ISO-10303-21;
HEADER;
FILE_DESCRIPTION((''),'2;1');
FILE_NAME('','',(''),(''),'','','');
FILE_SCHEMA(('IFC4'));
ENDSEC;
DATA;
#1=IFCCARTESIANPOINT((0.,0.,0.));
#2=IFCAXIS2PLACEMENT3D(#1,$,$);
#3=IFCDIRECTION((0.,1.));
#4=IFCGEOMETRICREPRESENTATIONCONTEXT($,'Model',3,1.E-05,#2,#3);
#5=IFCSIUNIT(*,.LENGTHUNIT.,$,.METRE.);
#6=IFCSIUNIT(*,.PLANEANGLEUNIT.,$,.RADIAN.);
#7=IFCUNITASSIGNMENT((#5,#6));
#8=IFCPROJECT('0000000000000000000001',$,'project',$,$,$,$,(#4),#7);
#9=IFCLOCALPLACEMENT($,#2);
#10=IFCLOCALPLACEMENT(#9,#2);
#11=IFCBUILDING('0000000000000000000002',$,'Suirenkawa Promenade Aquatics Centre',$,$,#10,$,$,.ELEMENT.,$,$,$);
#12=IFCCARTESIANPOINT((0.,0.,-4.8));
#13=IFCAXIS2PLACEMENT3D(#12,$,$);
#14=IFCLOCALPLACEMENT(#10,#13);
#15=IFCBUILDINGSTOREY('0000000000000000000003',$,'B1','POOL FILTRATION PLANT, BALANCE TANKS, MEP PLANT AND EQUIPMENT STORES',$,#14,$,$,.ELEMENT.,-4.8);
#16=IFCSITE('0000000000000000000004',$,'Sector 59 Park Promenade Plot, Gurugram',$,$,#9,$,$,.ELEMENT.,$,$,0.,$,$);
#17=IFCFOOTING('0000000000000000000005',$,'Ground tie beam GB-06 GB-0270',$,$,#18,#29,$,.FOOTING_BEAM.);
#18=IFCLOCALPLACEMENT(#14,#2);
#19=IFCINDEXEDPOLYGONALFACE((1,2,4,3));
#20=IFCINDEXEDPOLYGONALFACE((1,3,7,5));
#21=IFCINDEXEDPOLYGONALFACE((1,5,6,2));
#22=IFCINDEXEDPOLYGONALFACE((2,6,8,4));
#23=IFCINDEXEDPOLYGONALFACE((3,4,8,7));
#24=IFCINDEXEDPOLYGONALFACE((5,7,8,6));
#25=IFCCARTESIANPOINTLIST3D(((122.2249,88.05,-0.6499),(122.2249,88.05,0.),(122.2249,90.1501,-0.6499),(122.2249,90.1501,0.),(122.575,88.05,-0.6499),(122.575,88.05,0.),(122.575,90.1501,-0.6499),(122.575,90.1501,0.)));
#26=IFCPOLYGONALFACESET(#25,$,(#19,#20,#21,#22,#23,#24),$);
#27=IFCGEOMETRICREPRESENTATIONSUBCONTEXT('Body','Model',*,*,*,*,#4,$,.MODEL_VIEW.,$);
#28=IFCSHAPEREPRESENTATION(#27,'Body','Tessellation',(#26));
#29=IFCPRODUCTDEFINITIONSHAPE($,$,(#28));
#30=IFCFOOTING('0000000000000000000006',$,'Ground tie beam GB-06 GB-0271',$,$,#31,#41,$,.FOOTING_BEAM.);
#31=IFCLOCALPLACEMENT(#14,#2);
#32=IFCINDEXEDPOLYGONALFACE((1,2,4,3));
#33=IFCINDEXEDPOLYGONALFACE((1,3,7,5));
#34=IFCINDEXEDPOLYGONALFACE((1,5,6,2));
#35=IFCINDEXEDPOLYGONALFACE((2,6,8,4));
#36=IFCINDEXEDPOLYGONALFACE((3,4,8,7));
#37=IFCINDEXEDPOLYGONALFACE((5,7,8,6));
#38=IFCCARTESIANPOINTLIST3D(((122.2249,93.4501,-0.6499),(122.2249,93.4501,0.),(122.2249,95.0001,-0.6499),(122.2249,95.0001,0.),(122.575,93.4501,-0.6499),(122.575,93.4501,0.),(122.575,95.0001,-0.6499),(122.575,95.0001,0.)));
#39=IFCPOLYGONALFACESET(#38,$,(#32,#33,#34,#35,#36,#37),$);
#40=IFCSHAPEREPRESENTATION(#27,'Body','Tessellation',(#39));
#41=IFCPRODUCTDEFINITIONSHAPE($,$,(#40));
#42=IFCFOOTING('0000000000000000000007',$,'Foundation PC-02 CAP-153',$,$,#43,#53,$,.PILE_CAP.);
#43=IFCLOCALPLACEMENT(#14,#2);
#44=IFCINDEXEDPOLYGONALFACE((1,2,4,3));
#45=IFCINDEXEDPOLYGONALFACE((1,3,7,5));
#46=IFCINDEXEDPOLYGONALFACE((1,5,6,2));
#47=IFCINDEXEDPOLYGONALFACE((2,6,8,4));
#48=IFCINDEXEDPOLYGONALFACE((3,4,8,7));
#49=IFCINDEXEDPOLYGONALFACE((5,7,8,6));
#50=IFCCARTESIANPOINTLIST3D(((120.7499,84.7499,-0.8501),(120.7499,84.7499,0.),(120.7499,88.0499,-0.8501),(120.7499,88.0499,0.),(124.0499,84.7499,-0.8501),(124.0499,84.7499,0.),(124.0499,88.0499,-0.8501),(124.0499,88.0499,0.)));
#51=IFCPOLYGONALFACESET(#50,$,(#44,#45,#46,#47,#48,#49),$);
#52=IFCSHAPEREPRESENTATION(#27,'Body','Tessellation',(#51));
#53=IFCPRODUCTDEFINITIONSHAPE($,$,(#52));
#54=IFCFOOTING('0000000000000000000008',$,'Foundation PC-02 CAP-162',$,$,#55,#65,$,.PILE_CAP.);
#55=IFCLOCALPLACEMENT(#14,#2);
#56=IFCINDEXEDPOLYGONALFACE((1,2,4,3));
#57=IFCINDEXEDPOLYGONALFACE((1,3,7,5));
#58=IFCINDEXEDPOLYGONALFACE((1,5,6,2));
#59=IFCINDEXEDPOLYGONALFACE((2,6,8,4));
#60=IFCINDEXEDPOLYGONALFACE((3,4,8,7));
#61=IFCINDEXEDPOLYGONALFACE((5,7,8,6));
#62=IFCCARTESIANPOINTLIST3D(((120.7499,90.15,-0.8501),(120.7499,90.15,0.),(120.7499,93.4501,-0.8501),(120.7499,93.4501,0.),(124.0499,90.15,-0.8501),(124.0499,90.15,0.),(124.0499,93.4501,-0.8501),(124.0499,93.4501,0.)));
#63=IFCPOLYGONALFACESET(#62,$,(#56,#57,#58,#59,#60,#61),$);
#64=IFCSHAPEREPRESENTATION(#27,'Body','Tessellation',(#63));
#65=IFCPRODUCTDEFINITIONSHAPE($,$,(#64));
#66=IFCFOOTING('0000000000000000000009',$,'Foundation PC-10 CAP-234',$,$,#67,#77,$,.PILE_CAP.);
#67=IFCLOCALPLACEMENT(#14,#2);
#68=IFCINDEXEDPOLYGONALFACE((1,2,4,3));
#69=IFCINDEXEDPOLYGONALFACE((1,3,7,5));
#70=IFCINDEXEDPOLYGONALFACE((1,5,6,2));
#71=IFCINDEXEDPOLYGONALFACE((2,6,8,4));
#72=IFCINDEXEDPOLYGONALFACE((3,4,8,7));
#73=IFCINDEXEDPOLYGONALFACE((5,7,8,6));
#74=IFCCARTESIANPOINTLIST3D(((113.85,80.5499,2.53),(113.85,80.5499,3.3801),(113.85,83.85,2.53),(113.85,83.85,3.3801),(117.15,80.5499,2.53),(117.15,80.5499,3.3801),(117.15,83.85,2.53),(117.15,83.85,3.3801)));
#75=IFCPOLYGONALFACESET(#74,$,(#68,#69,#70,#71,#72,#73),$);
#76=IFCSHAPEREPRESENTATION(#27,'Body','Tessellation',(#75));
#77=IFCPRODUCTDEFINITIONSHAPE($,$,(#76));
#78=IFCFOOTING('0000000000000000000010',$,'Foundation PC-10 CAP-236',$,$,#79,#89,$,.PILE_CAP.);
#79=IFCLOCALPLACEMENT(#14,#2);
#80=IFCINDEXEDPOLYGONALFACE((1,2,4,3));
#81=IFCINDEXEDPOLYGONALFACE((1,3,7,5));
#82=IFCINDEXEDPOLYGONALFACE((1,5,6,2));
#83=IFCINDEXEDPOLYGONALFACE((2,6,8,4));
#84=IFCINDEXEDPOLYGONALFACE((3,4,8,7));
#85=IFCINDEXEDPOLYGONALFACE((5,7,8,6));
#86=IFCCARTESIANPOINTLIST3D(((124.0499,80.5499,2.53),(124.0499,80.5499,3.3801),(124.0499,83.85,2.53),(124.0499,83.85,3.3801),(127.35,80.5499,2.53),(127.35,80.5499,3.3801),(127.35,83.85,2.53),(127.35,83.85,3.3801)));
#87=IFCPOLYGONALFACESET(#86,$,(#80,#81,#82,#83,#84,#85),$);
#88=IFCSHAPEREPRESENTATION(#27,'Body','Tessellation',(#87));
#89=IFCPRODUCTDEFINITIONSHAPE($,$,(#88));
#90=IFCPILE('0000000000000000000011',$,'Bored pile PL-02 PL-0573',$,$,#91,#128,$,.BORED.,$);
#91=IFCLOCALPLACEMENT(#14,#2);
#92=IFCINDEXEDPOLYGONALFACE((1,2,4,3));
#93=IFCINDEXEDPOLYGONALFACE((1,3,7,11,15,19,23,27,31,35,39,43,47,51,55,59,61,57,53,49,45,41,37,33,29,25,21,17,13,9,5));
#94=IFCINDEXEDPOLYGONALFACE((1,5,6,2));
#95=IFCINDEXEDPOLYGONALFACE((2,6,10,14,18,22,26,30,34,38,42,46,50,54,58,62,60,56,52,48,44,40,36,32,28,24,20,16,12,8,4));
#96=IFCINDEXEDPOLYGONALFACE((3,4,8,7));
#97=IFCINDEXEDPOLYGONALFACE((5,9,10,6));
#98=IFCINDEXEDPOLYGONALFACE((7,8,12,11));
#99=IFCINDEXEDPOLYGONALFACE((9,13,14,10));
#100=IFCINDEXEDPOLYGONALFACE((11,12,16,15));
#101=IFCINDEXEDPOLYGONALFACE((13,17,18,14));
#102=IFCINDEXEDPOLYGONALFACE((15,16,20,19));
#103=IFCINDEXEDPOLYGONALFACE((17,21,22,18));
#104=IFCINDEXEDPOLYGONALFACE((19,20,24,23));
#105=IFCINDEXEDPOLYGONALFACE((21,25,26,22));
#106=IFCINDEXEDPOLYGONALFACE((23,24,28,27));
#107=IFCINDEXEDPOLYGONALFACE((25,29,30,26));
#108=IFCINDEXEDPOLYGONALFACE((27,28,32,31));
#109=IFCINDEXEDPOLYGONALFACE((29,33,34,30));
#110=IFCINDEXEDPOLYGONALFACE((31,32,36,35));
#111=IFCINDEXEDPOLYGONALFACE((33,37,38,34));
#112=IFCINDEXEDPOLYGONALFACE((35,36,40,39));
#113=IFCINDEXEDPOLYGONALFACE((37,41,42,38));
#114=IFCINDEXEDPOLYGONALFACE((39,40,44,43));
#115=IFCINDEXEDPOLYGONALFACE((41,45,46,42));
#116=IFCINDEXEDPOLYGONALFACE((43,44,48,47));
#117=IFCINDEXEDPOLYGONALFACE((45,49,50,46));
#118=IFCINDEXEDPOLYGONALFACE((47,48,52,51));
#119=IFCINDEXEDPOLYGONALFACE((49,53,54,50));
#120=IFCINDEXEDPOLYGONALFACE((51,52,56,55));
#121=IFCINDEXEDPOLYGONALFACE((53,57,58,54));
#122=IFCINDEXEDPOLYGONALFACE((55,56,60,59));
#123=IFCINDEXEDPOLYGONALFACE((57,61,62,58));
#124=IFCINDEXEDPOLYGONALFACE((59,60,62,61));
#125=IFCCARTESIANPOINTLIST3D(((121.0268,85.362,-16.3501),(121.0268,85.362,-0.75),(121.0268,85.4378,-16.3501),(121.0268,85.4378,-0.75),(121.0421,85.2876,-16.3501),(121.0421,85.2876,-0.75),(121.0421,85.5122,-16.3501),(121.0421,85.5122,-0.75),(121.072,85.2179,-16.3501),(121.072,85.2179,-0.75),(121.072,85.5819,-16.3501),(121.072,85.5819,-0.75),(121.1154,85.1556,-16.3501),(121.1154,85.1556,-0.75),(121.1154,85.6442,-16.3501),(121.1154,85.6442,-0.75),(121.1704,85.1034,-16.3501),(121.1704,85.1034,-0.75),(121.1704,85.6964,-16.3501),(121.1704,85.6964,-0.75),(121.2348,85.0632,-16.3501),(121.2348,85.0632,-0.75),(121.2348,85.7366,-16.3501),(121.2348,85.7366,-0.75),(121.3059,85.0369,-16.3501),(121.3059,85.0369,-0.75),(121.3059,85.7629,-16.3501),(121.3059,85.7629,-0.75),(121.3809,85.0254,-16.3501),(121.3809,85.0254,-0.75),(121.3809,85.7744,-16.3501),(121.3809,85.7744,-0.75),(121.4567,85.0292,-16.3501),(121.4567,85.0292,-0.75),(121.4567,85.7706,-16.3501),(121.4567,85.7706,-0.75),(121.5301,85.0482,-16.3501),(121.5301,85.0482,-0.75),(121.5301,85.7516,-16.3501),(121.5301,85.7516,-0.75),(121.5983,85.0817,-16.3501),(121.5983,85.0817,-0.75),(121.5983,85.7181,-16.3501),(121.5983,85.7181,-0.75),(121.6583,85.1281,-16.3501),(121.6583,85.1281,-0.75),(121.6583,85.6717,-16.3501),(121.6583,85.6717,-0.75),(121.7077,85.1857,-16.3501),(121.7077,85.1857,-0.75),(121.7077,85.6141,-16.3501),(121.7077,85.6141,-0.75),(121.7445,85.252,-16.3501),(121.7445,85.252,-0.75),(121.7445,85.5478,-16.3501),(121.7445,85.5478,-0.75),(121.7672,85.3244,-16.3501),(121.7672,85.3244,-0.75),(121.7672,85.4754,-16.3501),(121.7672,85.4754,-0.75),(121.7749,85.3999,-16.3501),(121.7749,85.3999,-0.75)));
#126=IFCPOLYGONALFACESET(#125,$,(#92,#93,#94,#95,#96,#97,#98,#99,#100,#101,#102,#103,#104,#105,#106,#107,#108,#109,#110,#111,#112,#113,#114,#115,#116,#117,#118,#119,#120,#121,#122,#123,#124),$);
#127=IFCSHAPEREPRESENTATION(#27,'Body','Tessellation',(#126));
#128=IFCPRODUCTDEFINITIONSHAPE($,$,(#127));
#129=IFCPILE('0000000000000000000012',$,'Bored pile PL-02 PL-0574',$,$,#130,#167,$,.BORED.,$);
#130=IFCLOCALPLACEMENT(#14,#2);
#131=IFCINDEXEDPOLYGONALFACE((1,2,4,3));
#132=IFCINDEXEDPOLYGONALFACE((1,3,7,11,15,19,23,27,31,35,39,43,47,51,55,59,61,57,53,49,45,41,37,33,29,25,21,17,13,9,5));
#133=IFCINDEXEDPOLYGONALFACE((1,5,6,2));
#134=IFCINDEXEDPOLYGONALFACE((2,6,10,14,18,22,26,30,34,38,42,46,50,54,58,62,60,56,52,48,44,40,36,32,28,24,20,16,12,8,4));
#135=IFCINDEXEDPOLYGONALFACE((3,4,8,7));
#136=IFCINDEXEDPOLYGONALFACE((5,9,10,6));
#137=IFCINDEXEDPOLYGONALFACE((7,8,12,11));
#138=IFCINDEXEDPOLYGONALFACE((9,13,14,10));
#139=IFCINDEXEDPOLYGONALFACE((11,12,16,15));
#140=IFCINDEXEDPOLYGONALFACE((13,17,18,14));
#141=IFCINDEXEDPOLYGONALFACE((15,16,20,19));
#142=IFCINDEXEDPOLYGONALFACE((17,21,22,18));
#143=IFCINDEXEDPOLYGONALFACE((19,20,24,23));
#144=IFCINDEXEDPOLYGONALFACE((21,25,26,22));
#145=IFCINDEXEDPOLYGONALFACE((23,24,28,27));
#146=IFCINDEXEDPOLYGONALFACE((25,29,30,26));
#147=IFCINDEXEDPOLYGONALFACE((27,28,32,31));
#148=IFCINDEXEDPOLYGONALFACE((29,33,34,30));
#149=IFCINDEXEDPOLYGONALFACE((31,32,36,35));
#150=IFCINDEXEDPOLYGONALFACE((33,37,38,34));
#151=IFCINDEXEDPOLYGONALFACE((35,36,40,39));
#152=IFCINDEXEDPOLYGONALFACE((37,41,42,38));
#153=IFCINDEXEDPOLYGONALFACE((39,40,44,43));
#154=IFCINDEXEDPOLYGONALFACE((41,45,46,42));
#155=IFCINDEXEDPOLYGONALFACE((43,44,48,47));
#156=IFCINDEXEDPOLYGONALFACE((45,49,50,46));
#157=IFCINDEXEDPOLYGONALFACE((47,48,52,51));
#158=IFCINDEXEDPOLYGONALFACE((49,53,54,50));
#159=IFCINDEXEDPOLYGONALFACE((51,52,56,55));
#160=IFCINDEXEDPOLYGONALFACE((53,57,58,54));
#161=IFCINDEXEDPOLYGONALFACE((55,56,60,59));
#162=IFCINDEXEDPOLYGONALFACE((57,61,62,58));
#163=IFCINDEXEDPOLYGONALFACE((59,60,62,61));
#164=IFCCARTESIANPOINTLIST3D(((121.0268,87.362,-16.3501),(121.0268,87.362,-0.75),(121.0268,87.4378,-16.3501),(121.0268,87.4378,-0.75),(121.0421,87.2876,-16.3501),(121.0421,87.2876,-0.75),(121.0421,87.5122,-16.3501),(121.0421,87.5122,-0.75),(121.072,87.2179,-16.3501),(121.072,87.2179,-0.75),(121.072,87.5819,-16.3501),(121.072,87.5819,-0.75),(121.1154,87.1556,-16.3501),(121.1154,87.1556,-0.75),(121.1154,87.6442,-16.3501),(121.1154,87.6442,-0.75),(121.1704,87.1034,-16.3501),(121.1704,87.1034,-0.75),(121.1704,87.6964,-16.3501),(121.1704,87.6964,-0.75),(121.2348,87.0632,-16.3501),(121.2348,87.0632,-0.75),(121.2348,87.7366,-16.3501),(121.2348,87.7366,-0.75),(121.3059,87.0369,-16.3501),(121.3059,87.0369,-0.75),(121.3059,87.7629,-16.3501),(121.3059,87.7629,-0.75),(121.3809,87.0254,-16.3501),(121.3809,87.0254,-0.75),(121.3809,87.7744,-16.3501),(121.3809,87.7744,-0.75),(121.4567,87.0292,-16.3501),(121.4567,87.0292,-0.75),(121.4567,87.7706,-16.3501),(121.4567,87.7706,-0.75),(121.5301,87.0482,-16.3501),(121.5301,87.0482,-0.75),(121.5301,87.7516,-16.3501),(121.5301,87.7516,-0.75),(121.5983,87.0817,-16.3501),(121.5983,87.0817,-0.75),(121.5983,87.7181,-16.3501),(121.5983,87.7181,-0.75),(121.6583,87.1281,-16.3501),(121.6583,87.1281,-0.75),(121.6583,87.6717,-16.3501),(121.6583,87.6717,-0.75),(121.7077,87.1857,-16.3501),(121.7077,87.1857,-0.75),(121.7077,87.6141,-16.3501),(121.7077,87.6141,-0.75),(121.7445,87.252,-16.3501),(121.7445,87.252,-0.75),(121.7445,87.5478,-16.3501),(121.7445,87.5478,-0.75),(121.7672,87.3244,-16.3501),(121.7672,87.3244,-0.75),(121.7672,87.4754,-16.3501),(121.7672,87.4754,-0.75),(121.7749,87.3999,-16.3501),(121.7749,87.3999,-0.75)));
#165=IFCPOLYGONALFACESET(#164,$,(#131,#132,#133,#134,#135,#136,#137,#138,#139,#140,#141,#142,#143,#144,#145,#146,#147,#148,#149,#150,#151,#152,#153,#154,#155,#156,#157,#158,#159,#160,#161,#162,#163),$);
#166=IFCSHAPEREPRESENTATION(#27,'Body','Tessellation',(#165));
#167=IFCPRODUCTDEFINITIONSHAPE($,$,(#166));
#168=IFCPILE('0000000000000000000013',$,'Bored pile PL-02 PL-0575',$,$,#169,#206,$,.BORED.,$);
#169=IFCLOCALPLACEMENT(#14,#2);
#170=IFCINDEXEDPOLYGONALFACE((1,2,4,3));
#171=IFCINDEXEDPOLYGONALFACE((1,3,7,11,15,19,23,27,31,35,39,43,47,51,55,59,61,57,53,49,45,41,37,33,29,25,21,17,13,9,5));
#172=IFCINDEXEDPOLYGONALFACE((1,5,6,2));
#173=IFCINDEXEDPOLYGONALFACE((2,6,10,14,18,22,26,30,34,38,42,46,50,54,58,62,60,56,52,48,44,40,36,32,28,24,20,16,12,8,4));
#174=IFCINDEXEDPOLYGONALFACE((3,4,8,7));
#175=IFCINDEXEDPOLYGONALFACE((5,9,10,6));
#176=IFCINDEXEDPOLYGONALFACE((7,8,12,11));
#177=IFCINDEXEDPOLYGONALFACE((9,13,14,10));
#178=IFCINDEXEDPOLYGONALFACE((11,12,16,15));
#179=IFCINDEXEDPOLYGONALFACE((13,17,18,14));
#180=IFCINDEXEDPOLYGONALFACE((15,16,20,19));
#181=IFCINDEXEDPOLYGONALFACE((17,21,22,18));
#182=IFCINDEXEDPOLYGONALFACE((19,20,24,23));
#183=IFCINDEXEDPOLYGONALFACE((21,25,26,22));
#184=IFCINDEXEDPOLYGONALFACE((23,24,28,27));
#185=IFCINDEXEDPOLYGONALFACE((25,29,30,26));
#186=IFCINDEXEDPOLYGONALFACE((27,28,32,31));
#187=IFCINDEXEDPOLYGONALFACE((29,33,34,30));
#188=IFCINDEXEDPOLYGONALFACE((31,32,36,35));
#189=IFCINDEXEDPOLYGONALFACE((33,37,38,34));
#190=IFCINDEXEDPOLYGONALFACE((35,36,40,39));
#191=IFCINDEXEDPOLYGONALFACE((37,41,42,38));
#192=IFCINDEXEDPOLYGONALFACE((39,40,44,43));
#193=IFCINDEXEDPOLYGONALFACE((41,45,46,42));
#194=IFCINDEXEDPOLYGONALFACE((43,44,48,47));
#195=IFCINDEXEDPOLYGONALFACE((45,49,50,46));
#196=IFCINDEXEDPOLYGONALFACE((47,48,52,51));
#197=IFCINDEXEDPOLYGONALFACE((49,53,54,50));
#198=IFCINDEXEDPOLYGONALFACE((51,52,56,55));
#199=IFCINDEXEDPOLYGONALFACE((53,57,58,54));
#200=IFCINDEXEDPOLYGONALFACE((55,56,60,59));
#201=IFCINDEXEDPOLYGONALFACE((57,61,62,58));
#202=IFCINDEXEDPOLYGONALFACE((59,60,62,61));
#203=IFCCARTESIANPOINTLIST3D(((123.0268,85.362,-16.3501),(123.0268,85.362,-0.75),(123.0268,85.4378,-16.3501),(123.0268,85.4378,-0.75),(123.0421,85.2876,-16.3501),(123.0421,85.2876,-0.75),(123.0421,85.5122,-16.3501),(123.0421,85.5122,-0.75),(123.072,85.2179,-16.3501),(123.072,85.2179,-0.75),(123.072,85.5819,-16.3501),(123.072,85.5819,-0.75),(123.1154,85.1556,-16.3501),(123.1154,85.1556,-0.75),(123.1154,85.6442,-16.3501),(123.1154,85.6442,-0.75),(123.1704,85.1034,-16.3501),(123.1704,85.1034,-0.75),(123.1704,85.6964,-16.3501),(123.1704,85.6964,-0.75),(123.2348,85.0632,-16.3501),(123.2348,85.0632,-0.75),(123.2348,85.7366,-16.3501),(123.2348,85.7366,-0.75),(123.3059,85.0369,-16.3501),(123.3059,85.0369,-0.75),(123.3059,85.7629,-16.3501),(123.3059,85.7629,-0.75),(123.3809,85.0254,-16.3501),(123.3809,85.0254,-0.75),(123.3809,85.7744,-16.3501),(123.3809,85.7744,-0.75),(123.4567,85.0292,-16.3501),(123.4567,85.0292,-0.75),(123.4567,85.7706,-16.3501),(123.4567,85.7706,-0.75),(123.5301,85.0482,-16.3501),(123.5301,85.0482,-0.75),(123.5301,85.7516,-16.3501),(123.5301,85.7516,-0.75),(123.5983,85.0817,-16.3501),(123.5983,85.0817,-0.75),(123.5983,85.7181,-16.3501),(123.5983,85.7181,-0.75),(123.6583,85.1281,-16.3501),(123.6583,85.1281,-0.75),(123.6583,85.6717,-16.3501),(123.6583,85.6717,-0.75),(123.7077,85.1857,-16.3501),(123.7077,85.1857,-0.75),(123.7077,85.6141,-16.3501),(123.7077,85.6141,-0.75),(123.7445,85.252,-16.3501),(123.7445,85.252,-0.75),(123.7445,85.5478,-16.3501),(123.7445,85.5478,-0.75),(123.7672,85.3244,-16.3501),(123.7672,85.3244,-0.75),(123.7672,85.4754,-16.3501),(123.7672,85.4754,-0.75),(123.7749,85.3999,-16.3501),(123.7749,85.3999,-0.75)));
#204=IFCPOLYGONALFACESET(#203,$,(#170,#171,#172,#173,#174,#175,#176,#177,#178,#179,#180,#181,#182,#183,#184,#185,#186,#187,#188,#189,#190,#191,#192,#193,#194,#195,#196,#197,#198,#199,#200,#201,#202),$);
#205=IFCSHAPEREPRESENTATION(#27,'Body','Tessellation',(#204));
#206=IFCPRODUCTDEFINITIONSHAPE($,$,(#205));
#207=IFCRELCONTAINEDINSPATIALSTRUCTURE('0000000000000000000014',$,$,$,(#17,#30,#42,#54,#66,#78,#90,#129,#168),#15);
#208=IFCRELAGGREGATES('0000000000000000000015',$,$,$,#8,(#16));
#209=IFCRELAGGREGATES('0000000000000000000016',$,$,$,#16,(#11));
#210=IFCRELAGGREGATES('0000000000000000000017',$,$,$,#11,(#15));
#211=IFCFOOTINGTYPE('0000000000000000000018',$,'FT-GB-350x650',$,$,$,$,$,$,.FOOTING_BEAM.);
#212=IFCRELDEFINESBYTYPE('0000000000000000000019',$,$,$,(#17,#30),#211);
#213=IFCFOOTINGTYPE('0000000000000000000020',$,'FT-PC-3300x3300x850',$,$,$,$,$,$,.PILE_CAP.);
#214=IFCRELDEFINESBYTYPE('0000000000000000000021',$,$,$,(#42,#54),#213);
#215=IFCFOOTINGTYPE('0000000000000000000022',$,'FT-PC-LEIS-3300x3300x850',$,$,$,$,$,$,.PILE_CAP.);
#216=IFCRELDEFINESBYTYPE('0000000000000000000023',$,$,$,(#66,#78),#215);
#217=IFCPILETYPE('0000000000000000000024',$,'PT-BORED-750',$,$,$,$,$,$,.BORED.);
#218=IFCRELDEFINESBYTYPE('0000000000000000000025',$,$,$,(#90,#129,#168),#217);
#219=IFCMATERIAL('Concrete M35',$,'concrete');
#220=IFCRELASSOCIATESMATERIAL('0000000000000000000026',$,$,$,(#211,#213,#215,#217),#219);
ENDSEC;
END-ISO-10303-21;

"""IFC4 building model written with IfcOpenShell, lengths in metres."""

from ifc_helpers import new_model, si_unit, direction, frame, origin, origin_2d, place, context, subcontext, project, spatial, rectangle, circle, extrude, material, material_profile, profile_set, type_object, element, save


model = new_model("IFC4")

# Units and contexts
model_context = context("Model", 3, precision=1e-05, world=origin(), true_north=direction((0.0, 1.0)))
body_context = subcontext(model_context, "Body", "Model", "MODEL_VIEW")
ifc_project = project(units=[si_unit("LENGTHUNIT", "METRE"), si_unit("PLANEANGLEUNIT", "RADIAN")], contexts=[model_context])

# Site, building, storey
site_placement = place(None, origin())
site = spatial("IfcSite", under=ifc_project, at=site_placement, Name="Sector 59 Park Promenade Plot, Gurugram", CompositionType="ELEMENT", RefElevation=0.0)
building_placement = place(site_placement, origin())
building = spatial("IfcBuilding", under=site, at=building_placement, Name="Suirenkawa Promenade Aquatics Centre", CompositionType="ELEMENT")
storey_placement = place(building_placement, frame((0.0, 0.0, -4.8)))
storey = spatial("IfcBuildingStorey", under=building, at=storey_placement, Name="B1", Description="POOL FILTRATION PLANT, BALANCE TANKS, MEP PLANT AND EQUIPMENT STORES", CompositionType="ELEMENT", Elevation=-4.8)

# Footings
ifc_material_1 = material(Name="Concrete M35", Category="concrete")
footing_type_1 = type_object("IfcFootingType", Name="FT-GB-350x650", PredefinedType="FOOTING_BEAM", material=ifc_material_1)
footing_1_placement = place(storey_placement, frame((122.3999, 89.1001, -0.6499), z_axis=(0.0, 0.0, 1.0), x_axis=(0.0, 1.0, 0.0)))
element("IfcFooting", 1, at=footing_1_placement, inside=storey, type_object=footing_type_1, Name="Ground tie beam GB-06 GB-0270", PredefinedType="FOOTING_BEAM", context=body_context, shape_type="SweptSolid", body=[
    extrude(rectangle(XDim=2.1001, YDim=0.3501, at=origin_2d()), origin(), (0.0, 0.0, 1.0), 0.6499),
])
footing_2_placement = place(storey_placement, frame((122.3999, 94.2251, -0.6499), z_axis=(0.0, 0.0, 1.0), x_axis=(0.0, 1.0, 0.0)))
element("IfcFooting", 2, at=footing_2_placement, inside=storey, type_object=footing_type_1, Name="Ground tie beam GB-06 GB-0271", PredefinedType="FOOTING_BEAM", context=body_context, shape_type="SweptSolid", body=[
    extrude(rectangle(XDim=1.55, YDim=0.3501, at=origin_2d()), origin(), (0.0, 0.0, 1.0), 0.6499),
])
footing_type_2 = type_object("IfcFootingType", Name="FT-PC-3300x3300x850", PredefinedType="PILE_CAP", material=ifc_material_1)
for number, where, z_axis, x_axis, name in (
    (3, (122.3999, 86.3999, -0.8501), (0.0, 0.0, 1.0), (1.0, 0.0, 0.0), "Foundation PC-02 CAP-153"),
    (4, (122.3999, 91.8, -0.8501), (0.0, 0.0, 1.0), (1.0, 0.0, 0.0), "Foundation PC-02 CAP-162"),
):
    element("IfcFooting", number, at=place(storey_placement, frame(where, z_axis=z_axis, x_axis=x_axis)), inside=storey, type_object=footing_type_2, Name=name, PredefinedType="PILE_CAP", context=body_context, shape_type="SweptSolid", body=[
        extrude(rectangle(XDim=3.3, YDim=3.3, at=origin_2d()), origin(), (0.0, 0.0, 1.0), 0.8501),
    ])
footing_type_3 = type_object("IfcFootingType", Name="FT-PC-LEIS-3300x3300x850", PredefinedType="PILE_CAP", material=ifc_material_1)
for number, where, z_axis, x_axis, name in (
    (5, (115.5, 82.2, 2.53), (0.0, 0.0, 1.0), (1.0, 0.0, 0.0), "Foundation PC-10 CAP-234"),
    (6, (125.7, 82.2, 2.53), (0.0, 0.0, 1.0), (1.0, 0.0, 0.0), "Foundation PC-10 CAP-236"),
):
    element("IfcFooting", number, at=place(storey_placement, frame(where, z_axis=z_axis, x_axis=x_axis)), inside=storey, type_object=footing_type_3, Name=name, PredefinedType="PILE_CAP", context=body_context, shape_type="SweptSolid", body=[
        extrude(rectangle(XDim=3.3, YDim=3.3, at=origin_2d()), origin(), (0.0, 0.0, 1.0), 0.8501),
    ])

# Piles
ifc_material_profile_1 = material_profile(ifc_material_1, circle(Radius=0.375, at=origin_2d()), Name="PILE D750", Category="concrete")
ifc_profile_set_1 = profile_set([ifc_material_profile_1], Name="Concrete M35")
pile_type_1 = type_object("IfcPileType", Name="PT-BORED-750", PredefinedType="BORED", material=ifc_profile_set_1)
for number, where, z_axis, x_axis, name in (
    (7, (121.3999, 85.3999, -0.75), (0.0, 0.0, -1.0), (1.0, 0.0, 0.0), "Bored pile PL-02 PL-0573"),
    (8, (121.3999, 87.3999, -0.75), (0.0, 0.0, -1.0), (1.0, 0.0, 0.0), "Bored pile PL-02 PL-0574"),
    (9, (123.3999, 85.3999, -0.75), (0.0, 0.0, -1.0), (1.0, 0.0, 0.0), "Bored pile PL-02 PL-0575"),
):
    element("IfcPile", number, at=place(storey_placement, frame(where, z_axis=z_axis, x_axis=x_axis)), inside=storey, type_object=pile_type_1, Name=name, PredefinedType="BORED", context=body_context, shape_type="SweptSolid", body=[
        extrude(circle(Radius=0.375, at=origin_2d()), origin(), (0.0, 0.0, 1.0), 15.6001),
    ])

save(model, "model.ifc")
